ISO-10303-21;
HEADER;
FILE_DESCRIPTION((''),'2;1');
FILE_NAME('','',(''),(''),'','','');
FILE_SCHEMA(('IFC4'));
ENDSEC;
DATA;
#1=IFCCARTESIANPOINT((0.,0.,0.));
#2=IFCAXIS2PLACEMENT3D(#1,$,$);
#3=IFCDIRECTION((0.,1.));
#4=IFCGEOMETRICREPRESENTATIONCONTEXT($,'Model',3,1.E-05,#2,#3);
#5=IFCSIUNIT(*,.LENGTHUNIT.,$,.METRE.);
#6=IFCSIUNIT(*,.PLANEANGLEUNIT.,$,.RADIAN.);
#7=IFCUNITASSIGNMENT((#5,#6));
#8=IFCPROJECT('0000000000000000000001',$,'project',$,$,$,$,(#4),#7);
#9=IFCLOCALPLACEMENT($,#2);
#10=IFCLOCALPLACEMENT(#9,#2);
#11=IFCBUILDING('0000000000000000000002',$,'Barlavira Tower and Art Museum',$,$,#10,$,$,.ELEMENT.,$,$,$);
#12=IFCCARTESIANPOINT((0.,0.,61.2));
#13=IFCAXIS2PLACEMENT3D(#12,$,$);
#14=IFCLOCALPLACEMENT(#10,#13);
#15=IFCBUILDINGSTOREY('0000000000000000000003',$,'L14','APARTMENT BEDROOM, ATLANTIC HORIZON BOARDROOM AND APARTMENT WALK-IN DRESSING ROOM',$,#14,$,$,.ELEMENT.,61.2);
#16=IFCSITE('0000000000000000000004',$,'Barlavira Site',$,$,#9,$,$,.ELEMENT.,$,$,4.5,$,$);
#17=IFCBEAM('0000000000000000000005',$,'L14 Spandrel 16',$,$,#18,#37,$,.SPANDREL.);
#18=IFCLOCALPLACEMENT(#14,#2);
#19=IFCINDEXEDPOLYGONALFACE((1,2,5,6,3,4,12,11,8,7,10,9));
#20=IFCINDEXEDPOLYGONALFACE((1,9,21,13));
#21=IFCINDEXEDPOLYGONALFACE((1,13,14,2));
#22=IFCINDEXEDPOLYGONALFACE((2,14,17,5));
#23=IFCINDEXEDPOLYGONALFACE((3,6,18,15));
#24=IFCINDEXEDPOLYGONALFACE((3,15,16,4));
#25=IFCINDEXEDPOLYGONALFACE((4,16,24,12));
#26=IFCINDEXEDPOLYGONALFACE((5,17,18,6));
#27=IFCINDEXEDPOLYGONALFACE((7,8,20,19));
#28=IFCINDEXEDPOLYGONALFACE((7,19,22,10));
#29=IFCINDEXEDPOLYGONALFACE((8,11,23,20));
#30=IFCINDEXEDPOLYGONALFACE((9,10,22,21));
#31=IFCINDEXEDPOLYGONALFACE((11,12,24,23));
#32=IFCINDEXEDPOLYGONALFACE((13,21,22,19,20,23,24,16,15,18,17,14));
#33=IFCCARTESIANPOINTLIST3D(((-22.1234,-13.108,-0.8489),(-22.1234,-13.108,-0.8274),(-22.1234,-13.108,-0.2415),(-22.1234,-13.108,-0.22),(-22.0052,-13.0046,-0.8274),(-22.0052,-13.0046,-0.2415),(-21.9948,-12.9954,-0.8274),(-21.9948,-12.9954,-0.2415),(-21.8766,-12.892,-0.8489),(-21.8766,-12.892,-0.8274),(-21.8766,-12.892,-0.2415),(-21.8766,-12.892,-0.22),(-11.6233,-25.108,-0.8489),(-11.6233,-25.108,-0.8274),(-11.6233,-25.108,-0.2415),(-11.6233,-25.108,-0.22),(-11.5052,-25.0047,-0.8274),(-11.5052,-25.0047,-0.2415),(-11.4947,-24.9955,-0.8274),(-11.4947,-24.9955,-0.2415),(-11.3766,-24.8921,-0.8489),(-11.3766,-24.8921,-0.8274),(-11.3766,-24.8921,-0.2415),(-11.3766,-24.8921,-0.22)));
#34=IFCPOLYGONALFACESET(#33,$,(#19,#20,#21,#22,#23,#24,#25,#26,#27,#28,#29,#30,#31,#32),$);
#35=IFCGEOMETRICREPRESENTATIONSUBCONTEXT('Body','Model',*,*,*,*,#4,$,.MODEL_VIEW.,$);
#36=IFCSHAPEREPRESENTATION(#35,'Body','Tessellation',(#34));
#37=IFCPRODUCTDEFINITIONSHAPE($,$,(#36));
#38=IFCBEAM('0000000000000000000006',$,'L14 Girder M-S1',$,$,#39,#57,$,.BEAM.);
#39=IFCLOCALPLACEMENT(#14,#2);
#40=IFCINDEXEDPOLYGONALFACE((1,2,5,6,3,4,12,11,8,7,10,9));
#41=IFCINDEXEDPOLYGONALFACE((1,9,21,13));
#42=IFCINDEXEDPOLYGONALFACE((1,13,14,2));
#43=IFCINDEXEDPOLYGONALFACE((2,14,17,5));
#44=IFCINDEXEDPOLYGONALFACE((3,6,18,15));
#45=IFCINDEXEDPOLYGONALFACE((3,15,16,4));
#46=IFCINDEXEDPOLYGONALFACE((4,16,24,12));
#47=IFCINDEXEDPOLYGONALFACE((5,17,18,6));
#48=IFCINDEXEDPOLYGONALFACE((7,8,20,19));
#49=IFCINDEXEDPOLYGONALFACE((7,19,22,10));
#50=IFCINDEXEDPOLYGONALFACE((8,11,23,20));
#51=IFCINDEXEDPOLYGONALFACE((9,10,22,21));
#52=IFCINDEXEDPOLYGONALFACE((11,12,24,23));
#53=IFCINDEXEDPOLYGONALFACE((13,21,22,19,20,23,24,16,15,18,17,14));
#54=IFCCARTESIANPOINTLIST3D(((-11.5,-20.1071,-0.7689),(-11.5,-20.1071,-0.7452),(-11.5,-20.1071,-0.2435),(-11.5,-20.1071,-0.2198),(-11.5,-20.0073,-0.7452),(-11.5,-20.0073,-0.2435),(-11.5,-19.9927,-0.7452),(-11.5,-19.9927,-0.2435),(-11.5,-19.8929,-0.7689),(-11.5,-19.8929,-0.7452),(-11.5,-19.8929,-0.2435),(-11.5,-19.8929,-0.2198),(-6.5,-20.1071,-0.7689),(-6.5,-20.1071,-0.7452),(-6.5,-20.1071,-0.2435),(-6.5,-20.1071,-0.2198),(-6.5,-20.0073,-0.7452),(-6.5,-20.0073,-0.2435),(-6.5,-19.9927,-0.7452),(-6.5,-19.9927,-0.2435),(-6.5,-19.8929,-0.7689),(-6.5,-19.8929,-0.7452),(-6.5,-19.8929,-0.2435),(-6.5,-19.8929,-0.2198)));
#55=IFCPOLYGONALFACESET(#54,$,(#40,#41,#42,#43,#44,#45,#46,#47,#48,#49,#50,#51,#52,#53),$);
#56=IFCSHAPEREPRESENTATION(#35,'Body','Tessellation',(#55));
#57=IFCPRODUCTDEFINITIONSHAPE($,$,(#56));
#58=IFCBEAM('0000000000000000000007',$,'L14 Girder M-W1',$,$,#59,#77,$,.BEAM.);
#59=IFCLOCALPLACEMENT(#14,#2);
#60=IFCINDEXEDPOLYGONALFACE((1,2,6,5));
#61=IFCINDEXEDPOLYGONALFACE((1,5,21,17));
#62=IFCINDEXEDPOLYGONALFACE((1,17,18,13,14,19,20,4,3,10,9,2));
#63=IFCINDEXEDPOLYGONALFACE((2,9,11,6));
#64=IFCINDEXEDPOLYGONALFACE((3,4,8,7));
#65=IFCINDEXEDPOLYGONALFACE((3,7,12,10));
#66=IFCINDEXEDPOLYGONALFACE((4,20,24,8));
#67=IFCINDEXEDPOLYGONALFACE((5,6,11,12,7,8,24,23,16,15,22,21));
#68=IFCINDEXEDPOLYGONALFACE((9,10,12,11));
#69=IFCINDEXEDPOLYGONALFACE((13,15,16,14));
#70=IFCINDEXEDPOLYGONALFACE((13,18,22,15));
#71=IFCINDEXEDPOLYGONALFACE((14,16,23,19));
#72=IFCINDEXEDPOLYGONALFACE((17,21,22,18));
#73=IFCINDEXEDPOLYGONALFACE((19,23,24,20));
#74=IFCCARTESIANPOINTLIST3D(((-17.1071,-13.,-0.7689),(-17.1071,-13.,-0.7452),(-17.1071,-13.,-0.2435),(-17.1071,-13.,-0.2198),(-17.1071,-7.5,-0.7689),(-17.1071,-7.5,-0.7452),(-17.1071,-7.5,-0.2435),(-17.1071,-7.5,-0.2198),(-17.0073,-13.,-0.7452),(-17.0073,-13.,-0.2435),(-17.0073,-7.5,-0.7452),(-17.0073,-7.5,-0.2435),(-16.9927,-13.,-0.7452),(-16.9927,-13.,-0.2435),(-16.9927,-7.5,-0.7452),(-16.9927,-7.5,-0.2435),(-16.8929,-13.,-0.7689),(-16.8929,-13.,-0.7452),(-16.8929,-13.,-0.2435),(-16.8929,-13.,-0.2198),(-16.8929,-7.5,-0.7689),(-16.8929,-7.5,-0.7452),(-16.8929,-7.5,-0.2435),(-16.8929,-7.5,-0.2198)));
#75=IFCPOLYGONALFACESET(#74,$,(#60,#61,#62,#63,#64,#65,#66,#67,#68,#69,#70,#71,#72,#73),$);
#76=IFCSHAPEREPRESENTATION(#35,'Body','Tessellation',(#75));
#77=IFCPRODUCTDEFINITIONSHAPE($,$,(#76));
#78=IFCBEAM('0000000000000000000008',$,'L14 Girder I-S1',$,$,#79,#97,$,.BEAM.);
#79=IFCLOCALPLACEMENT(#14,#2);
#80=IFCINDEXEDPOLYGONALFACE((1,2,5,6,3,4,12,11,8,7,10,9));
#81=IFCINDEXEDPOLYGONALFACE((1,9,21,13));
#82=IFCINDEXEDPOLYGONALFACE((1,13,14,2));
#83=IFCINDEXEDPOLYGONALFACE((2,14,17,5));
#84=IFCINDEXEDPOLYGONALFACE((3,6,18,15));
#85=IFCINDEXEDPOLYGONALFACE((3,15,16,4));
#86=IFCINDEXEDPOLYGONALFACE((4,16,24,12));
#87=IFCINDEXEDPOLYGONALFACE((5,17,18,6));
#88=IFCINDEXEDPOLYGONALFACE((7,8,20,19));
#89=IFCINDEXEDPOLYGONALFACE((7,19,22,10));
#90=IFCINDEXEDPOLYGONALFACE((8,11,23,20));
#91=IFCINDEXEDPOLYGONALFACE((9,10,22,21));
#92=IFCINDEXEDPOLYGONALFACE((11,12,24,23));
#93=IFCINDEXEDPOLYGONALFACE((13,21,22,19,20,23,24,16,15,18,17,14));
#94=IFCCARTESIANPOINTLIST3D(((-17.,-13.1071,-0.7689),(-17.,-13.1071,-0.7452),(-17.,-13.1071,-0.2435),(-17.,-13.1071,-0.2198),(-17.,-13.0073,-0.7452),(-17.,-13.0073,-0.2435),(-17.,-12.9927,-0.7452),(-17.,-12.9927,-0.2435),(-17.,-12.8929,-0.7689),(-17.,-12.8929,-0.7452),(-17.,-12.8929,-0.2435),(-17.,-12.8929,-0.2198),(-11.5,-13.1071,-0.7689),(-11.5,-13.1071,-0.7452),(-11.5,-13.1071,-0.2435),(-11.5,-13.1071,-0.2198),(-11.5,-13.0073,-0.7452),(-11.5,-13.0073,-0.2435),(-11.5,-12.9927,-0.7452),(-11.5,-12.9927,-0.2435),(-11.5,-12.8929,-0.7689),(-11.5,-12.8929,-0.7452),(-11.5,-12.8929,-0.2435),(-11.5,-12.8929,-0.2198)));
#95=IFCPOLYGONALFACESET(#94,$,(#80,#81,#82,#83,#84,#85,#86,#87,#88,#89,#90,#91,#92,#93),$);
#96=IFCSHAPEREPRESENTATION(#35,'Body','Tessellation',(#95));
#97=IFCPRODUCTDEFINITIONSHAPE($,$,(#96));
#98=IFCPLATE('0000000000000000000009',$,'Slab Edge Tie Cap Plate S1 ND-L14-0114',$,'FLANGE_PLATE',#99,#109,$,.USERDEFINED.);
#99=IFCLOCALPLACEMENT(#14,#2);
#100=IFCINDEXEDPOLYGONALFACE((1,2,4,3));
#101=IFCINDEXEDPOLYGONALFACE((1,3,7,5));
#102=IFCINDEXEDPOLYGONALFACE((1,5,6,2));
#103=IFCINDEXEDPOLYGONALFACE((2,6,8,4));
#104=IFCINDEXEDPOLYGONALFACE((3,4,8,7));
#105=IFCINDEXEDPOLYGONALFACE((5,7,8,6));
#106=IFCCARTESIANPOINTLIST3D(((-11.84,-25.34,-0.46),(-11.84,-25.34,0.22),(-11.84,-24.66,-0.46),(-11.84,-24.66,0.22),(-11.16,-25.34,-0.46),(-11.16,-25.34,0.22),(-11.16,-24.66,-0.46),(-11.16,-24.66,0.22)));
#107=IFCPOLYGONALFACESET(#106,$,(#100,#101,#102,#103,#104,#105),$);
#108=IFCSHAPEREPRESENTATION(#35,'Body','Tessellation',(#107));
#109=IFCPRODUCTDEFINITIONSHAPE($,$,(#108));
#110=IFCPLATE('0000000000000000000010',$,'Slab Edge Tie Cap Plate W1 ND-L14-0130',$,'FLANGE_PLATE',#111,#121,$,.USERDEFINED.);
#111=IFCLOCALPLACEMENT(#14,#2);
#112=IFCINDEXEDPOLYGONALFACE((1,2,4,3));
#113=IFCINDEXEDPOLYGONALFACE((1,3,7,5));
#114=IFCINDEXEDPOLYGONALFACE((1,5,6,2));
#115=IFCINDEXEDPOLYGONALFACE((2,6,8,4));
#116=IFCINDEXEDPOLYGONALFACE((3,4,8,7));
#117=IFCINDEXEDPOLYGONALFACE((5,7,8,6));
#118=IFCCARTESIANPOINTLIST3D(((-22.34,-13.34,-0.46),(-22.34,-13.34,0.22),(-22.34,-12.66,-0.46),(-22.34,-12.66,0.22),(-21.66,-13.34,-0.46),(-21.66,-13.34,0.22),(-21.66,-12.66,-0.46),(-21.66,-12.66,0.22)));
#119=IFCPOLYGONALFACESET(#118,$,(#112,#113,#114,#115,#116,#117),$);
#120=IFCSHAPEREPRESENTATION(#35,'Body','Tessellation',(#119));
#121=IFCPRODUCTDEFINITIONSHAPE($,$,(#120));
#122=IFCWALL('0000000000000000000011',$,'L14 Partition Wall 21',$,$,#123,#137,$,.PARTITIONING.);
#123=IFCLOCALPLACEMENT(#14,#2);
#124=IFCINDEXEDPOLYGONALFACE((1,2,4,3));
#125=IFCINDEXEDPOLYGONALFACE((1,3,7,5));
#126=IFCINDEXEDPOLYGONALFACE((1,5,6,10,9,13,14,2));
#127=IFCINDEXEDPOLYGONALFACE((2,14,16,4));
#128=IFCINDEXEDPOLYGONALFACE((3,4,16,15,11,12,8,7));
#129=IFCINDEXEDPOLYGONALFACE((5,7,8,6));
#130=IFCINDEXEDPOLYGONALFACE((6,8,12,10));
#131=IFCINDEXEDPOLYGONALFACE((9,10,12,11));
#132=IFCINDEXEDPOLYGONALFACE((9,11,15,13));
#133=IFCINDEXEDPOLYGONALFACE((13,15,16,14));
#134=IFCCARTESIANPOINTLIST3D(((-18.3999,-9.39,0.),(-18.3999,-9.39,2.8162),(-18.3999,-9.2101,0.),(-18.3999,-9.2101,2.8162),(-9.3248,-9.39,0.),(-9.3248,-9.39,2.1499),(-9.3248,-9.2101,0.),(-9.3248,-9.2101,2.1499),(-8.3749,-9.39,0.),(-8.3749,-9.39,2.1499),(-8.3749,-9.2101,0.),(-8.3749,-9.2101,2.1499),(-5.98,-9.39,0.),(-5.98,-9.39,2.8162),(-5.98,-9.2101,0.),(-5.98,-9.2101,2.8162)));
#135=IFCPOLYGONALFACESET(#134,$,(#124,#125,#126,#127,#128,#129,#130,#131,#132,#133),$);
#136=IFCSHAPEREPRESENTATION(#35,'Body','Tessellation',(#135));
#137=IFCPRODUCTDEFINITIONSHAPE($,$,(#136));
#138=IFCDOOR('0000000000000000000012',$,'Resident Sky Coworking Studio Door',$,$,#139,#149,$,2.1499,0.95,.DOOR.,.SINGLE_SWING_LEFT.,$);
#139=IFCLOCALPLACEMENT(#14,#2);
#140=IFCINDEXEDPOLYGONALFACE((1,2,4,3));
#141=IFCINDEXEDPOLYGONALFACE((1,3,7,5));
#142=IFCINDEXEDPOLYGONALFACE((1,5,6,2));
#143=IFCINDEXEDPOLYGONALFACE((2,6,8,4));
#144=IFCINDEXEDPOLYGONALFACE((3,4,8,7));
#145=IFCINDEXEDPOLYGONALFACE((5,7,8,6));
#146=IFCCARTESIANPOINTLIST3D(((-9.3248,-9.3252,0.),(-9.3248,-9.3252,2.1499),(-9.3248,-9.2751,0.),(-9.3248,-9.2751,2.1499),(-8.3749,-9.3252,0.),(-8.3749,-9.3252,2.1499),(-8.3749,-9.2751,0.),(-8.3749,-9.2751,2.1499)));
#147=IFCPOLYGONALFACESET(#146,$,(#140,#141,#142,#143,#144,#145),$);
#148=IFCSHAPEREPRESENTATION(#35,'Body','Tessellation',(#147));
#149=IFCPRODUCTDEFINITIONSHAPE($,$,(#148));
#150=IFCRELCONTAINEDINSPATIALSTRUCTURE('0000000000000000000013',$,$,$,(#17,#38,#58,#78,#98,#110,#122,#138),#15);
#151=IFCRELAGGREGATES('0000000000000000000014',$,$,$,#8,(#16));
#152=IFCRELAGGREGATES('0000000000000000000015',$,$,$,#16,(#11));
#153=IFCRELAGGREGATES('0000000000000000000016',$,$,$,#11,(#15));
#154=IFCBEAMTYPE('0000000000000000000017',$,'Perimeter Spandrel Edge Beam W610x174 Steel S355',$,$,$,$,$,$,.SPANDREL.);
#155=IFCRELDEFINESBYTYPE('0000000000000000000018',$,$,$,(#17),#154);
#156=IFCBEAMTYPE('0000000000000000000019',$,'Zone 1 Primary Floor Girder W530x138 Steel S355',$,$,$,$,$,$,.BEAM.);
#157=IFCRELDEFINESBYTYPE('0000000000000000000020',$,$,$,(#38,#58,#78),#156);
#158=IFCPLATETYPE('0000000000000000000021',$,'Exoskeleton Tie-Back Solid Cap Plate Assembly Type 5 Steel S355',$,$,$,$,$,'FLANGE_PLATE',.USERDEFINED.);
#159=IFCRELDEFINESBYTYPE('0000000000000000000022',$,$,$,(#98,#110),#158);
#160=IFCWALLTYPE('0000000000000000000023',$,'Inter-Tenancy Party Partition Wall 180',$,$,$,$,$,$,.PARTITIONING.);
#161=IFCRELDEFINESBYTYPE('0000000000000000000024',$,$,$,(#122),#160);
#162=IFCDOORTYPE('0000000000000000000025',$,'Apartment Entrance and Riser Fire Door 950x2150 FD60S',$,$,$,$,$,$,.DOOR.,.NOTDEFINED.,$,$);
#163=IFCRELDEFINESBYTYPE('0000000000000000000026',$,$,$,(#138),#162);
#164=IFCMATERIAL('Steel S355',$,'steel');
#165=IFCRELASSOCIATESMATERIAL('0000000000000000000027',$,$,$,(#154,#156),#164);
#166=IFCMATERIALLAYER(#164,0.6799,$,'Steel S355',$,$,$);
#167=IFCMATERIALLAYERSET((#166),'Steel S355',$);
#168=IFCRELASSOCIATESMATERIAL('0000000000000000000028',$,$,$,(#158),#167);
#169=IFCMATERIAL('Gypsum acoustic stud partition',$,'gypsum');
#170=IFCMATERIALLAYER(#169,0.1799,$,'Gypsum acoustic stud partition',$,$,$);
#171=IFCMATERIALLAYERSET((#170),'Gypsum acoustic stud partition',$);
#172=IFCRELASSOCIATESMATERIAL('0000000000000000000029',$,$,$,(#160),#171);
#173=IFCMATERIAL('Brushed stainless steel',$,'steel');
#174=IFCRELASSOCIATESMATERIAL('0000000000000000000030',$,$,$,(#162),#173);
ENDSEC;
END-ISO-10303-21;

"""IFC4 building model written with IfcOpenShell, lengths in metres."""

from ifc_helpers import new_model, si_unit, direction, frame, frame_2d, origin, origin_2d, place, context, subcontext, project, spatial, rectangle, i_section, extrude, material, layer, layer_set, material_profile, profile_set, type_object, element, fill, save


model = new_model("IFC4")

# Units and contexts
model_context = context("Model", 3, precision=1e-05, world=origin(), true_north=direction((0.0, 1.0)))
body_context = subcontext(model_context, "Body", "Model", "MODEL_VIEW")
ifc_project = project(units=[si_unit("LENGTHUNIT", "METRE"), si_unit("PLANEANGLEUNIT", "RADIAN")], contexts=[model_context])

# Site, building, storey
site_placement = place(None, origin())
site = spatial("IfcSite", under=ifc_project, at=site_placement, Name="Barlavira Site", CompositionType="ELEMENT", RefElevation=4.5)
building_placement = place(site_placement, origin())
building = spatial("IfcBuilding", under=site, at=building_placement, Name="Barlavira Tower and Art Museum", CompositionType="ELEMENT")
storey_placement = place(building_placement, frame((0.0, 0.0, 61.2)))
storey = spatial("IfcBuildingStorey", under=building, at=storey_placement, Name="L14", Description="APARTMENT BEDROOM, ATLANTIC HORIZON BOARDROOM AND APARTMENT WALK-IN DRESSING ROOM", CompositionType="ELEMENT", Elevation=61.2)

# Shared definitions
ifc_material_1 = material(Name="Steel S355", Category="steel")

# Beams
ifc_material_profile_1 = material_profile(ifc_material_1, i_section(OverallWidth=0.3279, OverallDepth=0.6289, WebThickness=0.0139, FlangeThickness=0.0215, at=origin_2d()), Name="W610x174.0")
ifc_profile_set_1 = profile_set([ifc_material_profile_1], Name="Steel S355")
beam_type_1 = type_object("IfcBeamType", Name="Perimeter Spandrel Edge Beam W610x174 Steel S355", PredefinedType="SPANDREL", material=ifc_profile_set_1)
beam_1_placement = place(storey_placement, frame((-22.0, -13.0, -0.5344), z_axis=(0.658505, -0.752577, 0.0), x_axis=(0.752577, 0.658505, 0.0)))
element("IfcBeam", 1, at=beam_1_placement, inside=storey, type_object=beam_type_1, Name="L14 Spandrel 16", PredefinedType="SPANDREL", context=body_context, shape_type="SweptSolid", body=[
    extrude(i_section(OverallWidth=0.3279, OverallDepth=0.6289, WebThickness=0.0139, FlangeThickness=0.0215, at=origin_2d()), origin(), (0.0, 0.0, 1.0), 15.9453),
])
ifc_material_profile_2 = material_profile(ifc_material_1, i_section(OverallWidth=0.2141, OverallDepth=0.5491, WebThickness=0.0146, FlangeThickness=0.0237, at=origin_2d()), Name="W530x138.0")
ifc_profile_set_2 = profile_set([ifc_material_profile_2], Name="Steel S355")
beam_type_2 = type_object("IfcBeamType", Name="Zone 1 Primary Floor Girder W530x138 Steel S355", PredefinedType="BEAM", material=ifc_profile_set_2)
beam_2_placement = place(storey_placement, frame((-11.5, -20.0, -0.4944), z_axis=(1.0, 0.0, 0.0), x_axis=(0.0, 1.0, 0.0)))
element("IfcBeam", 2, at=beam_2_placement, inside=storey, type_object=beam_type_2, Name="L14 Girder M-S1", PredefinedType="BEAM", context=body_context, shape_type="SweptSolid", body=[
    extrude(i_section(OverallWidth=0.2141, OverallDepth=0.5491, WebThickness=0.0146, FlangeThickness=0.0237, at=origin_2d()), origin(), (0.0, 0.0, 1.0), 5.0),
])
for number, where, z_axis, x_axis, name in (
    (3, (-17.0, -13.0, -0.4944), (0.0, 1.0, 0.0), (-1.0, 0.0, 0.0), "L14 Girder M-W1"),
    (4, (-17.0, -13.0, -0.4944), (1.0, 0.0, 0.0), (0.0, 1.0, 0.0), "L14 Girder I-S1"),
):
    element("IfcBeam", number, at=place(storey_placement, frame(where, z_axis=z_axis, x_axis=x_axis)), inside=storey, type_object=beam_type_2, Name=name, PredefinedType="BEAM", context=body_context, shape_type="SweptSolid", body=[
        extrude(i_section(OverallWidth=0.2141, OverallDepth=0.5491, WebThickness=0.0146, FlangeThickness=0.0237, at=origin_2d()), origin(), (0.0, 0.0, 1.0), 5.5),
    ])

# Plates
ifc_layer_1 = layer(ifc_material_1, 0.6799, Name="Steel S355")
ifc_layer_set_1 = layer_set([ifc_layer_1], Name="Steel S355")
plate_type = type_object("IfcPlateType", Name="Exoskeleton Tie-Back Solid Cap Plate Assembly Type 5 Steel S355", ElementType="FLANGE_PLATE", PredefinedType="USERDEFINED", material=ifc_layer_set_1)
for number, where, z_axis, x_axis, name in (
    (5, (-11.5, -25.0, -0.46), (0.0, 0.0, 1.0), (1.0, 0.0, 0.0), "Slab Edge Tie Cap Plate S1 ND-L14-0114"),
    (6, (-22.0, -13.0, -0.46), (0.0, 0.0, 1.0), (1.0, 0.0, 0.0), "Slab Edge Tie Cap Plate W1 ND-L14-0130"),
):
    element("IfcPlate", number, at=place(storey_placement, frame(where, z_axis=z_axis, x_axis=x_axis)), inside=storey, type_object=plate_type, Name=name, ObjectType="FLANGE_PLATE", PredefinedType="USERDEFINED", context=body_context, shape_type="SweptSolid", body=[
        extrude(rectangle(XDim=0.6799, YDim=0.6799, at=origin_2d()), origin(), (0.0, 0.0, 1.0), 0.6799),
    ])

# Wall, opening, door
ifc_material_2 = material(Name="Gypsum acoustic stud partition", Category="gypsum")
ifc_layer_2 = layer(ifc_material_2, 0.1799, Name="Gypsum acoustic stud partition")
ifc_layer_set_2 = layer_set([ifc_layer_2], Name="Gypsum acoustic stud partition")
wall_type_1 = type_object("IfcWallType", Name="Inter-Tenancy Party Partition Wall 180", PredefinedType="PARTITIONING", material=ifc_layer_set_2)
wall_1_placement = place(storey_placement, frame((-18.3999, -9.3, 0.0), z_axis=(0.0, 0.0, 1.0), x_axis=(1.0, 0.0, 0.0)))
wall_1 = element("IfcWall", 7, at=wall_1_placement, inside=storey, type_object=wall_type_1, Name="L14 Partition Wall 21", PredefinedType="PARTITIONING", context=body_context, shape_type="SweptSolid", body=[
    extrude(rectangle(XDim=12.4199, YDim=0.1799, at=frame_2d((6.21, 0.0))), origin(), (0.0, 0.0, 1.0), 2.8162),
])
opening_1_placement = place(wall_1_placement, frame((9.075, 0.0, 0.0)))
opening_1 = element("IfcOpeningElement", 8, at=opening_1_placement, cuts=wall_1, PredefinedType="OPENING", context=body_context, shape_type="SweptSolid", body=[
    extrude(rectangle(XDim=0.95, YDim=2.1499, at=frame_2d((0.4751, 1.075))), frame((0.0, 0.1001, 0.0), z_axis=(0.0, -1.0, 0.0), x_axis=(1.0, 0.0, 0.0)), (0.0, 0.0, 1.0), 0.2),
])
ifc_material_3 = material(Name="Brushed stainless steel", Category="steel")
door_type = type_object("IfcDoorType", Name="Apartment Entrance and Riser Fire Door 950x2150 FD60S", OperationType="NOTDEFINED", PredefinedType="DOOR", material=ifc_material_3)
door_placement = place(opening_1_placement, origin())
door = element("IfcDoor", 9, at=door_placement, inside=storey, type_object=door_type, Name="Resident Sky Coworking Studio Door", OperationType="SINGLE_SWING_LEFT", OverallHeight=2.1499, OverallWidth=0.95, PredefinedType="DOOR", context=body_context, shape_type="SweptSolid", body=[
    extrude(rectangle(XDim=0.95, YDim=2.1499, at=frame_2d((0.4751, 1.075))), frame((0.0, 0.0249, 0.0), z_axis=(0.0, -1.0, 0.0), x_axis=(1.0, 0.0, 0.0)), (0.0, 0.0, 1.0), 0.05),
])
fill(opening_1, door)

save(model, "model.ifc")
